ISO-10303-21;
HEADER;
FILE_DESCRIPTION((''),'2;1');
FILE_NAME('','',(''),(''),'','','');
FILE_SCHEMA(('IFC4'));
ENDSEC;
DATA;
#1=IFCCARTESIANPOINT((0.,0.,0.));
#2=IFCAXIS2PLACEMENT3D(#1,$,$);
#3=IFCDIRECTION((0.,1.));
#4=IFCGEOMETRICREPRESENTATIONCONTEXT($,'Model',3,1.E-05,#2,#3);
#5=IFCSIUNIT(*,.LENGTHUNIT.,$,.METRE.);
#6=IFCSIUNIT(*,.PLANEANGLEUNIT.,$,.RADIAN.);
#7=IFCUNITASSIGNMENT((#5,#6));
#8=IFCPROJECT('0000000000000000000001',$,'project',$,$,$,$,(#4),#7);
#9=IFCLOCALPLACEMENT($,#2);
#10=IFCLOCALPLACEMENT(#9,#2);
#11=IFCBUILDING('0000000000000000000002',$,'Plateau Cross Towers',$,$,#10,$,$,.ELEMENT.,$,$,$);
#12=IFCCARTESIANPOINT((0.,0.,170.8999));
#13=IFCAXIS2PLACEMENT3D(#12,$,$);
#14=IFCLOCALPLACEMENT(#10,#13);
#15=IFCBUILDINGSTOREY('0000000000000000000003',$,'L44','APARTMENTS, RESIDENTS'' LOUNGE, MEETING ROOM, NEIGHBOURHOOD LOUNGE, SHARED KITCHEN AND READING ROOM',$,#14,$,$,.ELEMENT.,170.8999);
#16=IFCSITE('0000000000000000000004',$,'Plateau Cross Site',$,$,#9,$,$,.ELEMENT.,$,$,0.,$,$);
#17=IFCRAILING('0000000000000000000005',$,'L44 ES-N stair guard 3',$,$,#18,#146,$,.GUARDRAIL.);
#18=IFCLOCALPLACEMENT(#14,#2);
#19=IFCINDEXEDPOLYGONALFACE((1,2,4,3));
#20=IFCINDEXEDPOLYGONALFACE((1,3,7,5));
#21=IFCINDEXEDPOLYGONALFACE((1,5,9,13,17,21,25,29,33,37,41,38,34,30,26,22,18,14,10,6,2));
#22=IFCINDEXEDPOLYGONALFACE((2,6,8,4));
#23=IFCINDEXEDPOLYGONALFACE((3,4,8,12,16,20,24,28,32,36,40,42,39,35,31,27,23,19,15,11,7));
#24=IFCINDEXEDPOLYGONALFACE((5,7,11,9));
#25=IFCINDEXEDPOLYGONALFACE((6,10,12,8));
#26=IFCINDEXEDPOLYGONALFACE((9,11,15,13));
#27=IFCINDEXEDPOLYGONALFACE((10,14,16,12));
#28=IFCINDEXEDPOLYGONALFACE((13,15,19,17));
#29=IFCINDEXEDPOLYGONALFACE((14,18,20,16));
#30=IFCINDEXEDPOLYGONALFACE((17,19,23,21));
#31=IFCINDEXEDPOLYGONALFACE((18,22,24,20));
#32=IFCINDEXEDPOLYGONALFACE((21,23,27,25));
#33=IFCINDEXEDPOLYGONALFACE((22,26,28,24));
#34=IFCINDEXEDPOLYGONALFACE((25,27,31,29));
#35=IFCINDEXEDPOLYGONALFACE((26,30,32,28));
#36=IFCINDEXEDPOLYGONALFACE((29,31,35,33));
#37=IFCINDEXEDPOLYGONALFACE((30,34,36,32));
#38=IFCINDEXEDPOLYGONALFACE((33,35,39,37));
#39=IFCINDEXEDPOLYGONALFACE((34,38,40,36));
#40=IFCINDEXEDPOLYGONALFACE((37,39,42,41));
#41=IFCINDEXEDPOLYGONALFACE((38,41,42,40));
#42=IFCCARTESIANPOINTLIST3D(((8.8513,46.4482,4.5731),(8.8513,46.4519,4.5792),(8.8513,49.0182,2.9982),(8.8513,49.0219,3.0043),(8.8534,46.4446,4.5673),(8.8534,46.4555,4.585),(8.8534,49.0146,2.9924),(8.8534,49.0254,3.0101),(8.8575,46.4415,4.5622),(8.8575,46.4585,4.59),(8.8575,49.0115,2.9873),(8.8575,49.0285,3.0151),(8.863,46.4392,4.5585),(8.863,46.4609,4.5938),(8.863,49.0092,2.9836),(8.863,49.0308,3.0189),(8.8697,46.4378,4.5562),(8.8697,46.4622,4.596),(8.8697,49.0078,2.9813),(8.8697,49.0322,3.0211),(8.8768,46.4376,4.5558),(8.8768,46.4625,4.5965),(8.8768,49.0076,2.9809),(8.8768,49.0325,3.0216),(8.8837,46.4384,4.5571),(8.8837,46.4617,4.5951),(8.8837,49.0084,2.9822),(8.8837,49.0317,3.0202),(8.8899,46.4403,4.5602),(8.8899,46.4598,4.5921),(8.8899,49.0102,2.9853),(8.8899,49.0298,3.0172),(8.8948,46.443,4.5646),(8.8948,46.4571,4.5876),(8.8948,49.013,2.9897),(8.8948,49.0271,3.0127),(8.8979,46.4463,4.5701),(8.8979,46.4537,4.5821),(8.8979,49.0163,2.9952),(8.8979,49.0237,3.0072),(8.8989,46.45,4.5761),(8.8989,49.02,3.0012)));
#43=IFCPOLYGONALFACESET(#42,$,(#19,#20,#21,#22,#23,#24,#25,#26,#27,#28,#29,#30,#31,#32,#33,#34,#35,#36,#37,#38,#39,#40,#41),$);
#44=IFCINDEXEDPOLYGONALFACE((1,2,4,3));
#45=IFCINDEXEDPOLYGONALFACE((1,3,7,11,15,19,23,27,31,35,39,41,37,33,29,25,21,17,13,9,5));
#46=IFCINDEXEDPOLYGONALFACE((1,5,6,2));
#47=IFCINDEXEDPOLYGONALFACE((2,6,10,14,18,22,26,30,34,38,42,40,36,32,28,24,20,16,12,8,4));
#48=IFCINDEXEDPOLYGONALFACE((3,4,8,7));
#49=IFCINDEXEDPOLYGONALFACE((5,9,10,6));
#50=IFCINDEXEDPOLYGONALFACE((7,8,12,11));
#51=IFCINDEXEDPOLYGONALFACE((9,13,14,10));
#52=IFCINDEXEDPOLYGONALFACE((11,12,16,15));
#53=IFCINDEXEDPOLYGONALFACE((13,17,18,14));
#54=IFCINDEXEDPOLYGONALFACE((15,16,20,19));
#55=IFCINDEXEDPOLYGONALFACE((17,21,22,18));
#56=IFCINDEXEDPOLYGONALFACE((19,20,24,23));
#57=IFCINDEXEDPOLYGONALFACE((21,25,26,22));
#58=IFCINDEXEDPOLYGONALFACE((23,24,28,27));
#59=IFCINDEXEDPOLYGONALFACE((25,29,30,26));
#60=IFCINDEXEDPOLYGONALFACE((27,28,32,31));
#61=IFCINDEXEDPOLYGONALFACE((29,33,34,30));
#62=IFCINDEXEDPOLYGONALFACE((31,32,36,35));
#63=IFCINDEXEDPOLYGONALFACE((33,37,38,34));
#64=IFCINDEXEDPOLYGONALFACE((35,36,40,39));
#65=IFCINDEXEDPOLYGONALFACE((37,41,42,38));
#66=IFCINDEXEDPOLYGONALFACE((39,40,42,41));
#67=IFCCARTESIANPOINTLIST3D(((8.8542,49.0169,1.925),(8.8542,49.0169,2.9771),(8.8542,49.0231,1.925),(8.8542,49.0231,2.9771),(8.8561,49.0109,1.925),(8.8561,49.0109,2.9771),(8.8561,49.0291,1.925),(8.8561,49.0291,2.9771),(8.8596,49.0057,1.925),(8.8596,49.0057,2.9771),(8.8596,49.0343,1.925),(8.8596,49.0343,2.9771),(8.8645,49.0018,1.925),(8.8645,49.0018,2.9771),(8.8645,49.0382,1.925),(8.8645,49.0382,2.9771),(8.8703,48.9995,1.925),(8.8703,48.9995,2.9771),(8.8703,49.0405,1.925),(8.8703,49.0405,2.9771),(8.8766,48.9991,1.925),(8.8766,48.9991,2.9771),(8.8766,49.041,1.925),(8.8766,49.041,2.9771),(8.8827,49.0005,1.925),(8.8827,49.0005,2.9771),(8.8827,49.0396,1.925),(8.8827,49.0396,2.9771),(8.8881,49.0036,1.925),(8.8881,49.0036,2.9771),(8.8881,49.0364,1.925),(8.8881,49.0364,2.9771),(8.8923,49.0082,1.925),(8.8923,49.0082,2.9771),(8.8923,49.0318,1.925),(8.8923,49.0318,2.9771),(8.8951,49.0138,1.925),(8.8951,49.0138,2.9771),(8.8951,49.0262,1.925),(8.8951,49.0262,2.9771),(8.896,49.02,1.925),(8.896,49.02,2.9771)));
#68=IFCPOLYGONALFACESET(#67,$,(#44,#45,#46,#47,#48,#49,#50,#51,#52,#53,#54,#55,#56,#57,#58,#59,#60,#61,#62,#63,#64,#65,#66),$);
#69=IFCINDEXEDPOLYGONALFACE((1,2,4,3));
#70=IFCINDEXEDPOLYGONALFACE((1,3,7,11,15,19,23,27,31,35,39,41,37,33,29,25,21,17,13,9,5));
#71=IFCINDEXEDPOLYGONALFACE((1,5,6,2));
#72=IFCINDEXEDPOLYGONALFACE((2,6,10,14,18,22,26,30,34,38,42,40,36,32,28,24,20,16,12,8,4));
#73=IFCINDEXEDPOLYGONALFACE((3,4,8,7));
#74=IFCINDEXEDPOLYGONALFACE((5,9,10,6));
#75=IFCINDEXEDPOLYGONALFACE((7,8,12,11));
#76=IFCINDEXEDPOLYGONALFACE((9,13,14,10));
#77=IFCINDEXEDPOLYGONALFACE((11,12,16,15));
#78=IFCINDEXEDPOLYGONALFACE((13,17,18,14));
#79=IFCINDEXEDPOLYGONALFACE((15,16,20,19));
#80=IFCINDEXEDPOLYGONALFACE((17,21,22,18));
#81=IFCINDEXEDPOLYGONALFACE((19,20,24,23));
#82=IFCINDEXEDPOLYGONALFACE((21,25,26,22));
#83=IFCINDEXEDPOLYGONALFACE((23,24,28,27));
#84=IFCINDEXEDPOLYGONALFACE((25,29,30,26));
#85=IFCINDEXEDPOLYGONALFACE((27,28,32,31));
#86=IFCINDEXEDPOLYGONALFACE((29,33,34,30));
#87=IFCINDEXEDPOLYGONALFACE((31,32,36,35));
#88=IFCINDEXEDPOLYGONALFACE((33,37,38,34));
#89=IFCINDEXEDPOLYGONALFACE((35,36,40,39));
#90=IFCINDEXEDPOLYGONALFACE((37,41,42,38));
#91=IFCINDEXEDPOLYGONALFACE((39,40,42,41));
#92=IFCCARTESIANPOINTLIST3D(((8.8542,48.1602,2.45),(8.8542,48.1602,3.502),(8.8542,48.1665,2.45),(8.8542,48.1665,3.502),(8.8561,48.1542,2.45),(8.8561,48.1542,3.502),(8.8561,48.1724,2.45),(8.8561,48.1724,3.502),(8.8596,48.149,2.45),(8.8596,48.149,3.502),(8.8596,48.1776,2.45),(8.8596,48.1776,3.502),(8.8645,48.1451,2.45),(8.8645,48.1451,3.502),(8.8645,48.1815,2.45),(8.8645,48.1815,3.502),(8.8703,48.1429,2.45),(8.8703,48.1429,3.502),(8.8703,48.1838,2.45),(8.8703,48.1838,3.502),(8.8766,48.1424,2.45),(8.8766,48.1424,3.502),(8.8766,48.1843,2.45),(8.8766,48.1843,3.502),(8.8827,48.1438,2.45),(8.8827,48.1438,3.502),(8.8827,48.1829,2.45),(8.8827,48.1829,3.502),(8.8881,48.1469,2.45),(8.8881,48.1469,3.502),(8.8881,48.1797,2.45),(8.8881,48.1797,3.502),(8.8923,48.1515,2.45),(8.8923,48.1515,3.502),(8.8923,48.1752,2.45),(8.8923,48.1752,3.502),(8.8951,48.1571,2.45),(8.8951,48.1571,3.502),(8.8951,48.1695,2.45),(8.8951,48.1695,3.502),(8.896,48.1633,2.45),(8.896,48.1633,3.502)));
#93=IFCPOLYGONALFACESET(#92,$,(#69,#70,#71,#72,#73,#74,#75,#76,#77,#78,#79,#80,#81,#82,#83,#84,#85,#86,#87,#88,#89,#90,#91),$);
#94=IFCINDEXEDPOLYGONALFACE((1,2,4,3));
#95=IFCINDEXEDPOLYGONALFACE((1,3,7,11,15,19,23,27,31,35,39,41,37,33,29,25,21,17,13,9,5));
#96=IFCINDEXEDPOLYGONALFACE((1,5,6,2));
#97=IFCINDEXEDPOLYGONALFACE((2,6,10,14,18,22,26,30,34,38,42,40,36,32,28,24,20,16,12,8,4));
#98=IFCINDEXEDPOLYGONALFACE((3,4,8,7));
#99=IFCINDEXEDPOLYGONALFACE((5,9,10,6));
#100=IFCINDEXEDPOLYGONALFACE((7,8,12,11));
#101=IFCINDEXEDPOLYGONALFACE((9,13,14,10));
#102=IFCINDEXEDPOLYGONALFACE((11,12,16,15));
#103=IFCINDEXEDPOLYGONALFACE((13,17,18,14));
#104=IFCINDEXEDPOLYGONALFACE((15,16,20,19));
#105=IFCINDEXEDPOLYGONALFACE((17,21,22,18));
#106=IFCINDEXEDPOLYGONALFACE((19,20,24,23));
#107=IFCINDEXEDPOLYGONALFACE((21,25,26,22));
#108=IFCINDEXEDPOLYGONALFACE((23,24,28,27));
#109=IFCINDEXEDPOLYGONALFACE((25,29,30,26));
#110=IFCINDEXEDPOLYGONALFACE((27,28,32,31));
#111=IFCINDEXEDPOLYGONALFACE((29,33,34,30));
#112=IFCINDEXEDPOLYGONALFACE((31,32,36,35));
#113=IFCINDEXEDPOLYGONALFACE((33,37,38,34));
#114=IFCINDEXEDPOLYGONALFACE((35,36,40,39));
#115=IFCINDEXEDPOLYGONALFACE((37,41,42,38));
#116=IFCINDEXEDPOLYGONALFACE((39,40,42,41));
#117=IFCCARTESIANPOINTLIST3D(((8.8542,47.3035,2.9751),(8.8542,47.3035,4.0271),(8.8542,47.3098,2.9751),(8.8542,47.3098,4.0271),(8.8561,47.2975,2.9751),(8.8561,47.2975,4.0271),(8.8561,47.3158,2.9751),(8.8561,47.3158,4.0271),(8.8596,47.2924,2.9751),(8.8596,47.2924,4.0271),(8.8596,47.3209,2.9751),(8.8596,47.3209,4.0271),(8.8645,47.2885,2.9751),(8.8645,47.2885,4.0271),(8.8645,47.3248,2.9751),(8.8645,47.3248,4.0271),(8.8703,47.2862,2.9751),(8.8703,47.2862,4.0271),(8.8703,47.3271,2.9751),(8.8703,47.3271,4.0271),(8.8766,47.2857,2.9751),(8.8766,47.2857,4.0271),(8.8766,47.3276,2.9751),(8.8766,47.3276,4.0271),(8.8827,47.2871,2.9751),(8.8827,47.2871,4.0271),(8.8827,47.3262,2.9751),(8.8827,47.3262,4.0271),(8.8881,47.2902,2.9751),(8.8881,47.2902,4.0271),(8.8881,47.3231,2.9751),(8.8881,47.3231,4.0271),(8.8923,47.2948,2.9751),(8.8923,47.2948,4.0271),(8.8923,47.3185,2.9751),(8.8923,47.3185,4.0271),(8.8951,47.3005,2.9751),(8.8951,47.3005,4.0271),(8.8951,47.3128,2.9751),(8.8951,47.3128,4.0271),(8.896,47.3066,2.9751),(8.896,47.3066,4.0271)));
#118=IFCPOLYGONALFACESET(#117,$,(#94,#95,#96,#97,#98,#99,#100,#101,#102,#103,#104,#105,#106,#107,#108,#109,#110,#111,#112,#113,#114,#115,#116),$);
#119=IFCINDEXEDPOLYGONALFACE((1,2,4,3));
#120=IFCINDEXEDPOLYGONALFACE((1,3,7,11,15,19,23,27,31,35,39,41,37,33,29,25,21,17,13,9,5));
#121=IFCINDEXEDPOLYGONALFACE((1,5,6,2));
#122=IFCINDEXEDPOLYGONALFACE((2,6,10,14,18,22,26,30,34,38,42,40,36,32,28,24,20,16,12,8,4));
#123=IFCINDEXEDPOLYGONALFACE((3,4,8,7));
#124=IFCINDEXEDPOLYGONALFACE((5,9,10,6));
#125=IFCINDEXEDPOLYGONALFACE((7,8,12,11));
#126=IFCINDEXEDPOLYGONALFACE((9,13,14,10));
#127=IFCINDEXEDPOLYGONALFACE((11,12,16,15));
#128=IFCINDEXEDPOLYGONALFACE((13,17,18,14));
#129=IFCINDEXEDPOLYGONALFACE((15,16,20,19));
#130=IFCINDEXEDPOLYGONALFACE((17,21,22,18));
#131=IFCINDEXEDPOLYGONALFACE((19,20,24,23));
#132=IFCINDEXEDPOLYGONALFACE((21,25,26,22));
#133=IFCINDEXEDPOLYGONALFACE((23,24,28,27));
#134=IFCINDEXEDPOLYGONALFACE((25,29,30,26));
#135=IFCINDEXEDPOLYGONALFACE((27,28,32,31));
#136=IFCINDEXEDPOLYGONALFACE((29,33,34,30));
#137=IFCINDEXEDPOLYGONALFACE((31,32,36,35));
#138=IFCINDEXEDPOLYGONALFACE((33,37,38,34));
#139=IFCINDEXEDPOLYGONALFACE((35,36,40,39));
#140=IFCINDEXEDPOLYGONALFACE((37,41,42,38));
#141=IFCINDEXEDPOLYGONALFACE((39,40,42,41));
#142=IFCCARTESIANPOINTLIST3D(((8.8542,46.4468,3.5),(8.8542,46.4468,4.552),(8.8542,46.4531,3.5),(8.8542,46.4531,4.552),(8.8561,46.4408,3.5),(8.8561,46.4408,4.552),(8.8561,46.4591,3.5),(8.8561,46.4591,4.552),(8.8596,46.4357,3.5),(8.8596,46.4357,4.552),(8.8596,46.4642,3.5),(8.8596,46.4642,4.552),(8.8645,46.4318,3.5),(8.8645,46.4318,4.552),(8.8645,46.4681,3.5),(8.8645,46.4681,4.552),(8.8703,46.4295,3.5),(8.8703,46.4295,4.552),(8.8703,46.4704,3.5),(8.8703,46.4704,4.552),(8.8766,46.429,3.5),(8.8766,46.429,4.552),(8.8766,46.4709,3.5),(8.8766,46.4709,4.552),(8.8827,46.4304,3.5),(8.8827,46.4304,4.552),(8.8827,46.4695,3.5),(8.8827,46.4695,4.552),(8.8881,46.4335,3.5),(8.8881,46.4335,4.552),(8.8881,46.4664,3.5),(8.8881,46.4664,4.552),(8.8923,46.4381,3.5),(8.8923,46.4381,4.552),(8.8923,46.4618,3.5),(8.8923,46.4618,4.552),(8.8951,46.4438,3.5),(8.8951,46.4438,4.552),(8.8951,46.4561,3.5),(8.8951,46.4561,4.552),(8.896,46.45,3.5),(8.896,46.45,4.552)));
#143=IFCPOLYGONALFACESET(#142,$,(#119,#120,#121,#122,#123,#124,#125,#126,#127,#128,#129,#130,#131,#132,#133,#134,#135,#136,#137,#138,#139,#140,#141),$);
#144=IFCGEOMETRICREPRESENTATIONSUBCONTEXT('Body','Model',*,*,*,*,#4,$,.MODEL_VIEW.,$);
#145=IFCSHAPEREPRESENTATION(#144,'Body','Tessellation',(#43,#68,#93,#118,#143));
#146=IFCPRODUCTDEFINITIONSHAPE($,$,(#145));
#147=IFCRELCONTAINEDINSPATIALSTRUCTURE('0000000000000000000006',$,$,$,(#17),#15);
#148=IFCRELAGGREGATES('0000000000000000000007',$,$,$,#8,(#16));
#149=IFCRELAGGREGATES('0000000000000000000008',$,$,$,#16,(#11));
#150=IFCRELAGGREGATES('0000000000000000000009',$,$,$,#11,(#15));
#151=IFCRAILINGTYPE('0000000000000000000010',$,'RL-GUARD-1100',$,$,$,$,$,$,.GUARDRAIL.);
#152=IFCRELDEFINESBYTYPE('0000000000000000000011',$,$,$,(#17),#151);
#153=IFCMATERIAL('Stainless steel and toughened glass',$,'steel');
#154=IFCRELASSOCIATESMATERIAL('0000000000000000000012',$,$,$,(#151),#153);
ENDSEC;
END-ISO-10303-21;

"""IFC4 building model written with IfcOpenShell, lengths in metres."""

from ifc_helpers import new_model, si_unit, direction, frame, origin, origin_2d, place, context, subcontext, project, spatial, circle, extrude, material, type_object, element, save


model = new_model("IFC4")

# Units and contexts
model_context = context("Model", 3, precision=1e-05, world=origin(), true_north=direction((0.0, 1.0)))
body_context = subcontext(model_context, "Body", "Model", "MODEL_VIEW")
ifc_project = project(units=[si_unit("LENGTHUNIT", "METRE"), si_unit("PLANEANGLEUNIT", "RADIAN")], contexts=[model_context])

# Site, building, storey
site_placement = place(None, origin())
site = spatial("IfcSite", under=ifc_project, at=site_placement, Name="Plateau Cross Site", CompositionType="ELEMENT", RefElevation=0.0)
building_placement = place(site_placement, origin())
building = spatial("IfcBuilding", under=site, at=building_placement, Name="Plateau Cross Towers", CompositionType="ELEMENT")
storey_placement = place(building_placement, frame((0.0, 0.0, 170.8999)))
storey = spatial("IfcBuildingStorey", under=building, at=storey_placement, Name="L44", Description="APARTMENTS, RESIDENTS' LOUNGE, MEETING ROOM, NEIGHBOURHOOD LOUNGE, SHARED KITCHEN AND READING ROOM", CompositionType="ELEMENT", Elevation=170.8999)

# Railing
ifc_material_1 = material(Name="Stainless steel and toughened glass", Category="steel")
railing_type_1 = type_object("IfcRailingType", Name="RL-GUARD-1100", PredefinedType="GUARDRAIL", material=ifc_material_1)
railing_1_placement = place(storey_placement, frame((8.875, 49.02, 1.925)))
element("IfcRailing", 1, at=railing_1_placement, inside=storey, type_object=railing_type_1, Name="L44 ES-N stair guard 3", PredefinedType="GUARDRAIL", context=body_context, shape_type="SweptSolid", body=[
    extrude(circle(Radius=0.0239, at=origin_2d()), frame((0.0, 0.0, 1.0762), z_axis=(0.0, -0.852639, 0.522501), x_axis=(1.0, 0.0, 0.0)), (0.0, 0.0, 1.0), 3.0142),
    extrude(circle(Radius=0.021, at=origin_2d()), origin(), (0.0, 0.0, 1.0), 1.052),
    extrude(circle(Radius=0.021, at=origin_2d()), frame((0.0, -0.8567, 0.5249)), (0.0, 0.0, 1.0), 1.052),
    extrude(circle(Radius=0.021, at=origin_2d()), frame((0.0, -1.7134, 1.05)), (0.0, 0.0, 1.0), 1.052),
    extrude(circle(Radius=0.021, at=origin_2d()), frame((0.0, -2.5701, 1.575)), (0.0, 0.0, 1.0), 1.052),
])

save(model, "model.ifc")
